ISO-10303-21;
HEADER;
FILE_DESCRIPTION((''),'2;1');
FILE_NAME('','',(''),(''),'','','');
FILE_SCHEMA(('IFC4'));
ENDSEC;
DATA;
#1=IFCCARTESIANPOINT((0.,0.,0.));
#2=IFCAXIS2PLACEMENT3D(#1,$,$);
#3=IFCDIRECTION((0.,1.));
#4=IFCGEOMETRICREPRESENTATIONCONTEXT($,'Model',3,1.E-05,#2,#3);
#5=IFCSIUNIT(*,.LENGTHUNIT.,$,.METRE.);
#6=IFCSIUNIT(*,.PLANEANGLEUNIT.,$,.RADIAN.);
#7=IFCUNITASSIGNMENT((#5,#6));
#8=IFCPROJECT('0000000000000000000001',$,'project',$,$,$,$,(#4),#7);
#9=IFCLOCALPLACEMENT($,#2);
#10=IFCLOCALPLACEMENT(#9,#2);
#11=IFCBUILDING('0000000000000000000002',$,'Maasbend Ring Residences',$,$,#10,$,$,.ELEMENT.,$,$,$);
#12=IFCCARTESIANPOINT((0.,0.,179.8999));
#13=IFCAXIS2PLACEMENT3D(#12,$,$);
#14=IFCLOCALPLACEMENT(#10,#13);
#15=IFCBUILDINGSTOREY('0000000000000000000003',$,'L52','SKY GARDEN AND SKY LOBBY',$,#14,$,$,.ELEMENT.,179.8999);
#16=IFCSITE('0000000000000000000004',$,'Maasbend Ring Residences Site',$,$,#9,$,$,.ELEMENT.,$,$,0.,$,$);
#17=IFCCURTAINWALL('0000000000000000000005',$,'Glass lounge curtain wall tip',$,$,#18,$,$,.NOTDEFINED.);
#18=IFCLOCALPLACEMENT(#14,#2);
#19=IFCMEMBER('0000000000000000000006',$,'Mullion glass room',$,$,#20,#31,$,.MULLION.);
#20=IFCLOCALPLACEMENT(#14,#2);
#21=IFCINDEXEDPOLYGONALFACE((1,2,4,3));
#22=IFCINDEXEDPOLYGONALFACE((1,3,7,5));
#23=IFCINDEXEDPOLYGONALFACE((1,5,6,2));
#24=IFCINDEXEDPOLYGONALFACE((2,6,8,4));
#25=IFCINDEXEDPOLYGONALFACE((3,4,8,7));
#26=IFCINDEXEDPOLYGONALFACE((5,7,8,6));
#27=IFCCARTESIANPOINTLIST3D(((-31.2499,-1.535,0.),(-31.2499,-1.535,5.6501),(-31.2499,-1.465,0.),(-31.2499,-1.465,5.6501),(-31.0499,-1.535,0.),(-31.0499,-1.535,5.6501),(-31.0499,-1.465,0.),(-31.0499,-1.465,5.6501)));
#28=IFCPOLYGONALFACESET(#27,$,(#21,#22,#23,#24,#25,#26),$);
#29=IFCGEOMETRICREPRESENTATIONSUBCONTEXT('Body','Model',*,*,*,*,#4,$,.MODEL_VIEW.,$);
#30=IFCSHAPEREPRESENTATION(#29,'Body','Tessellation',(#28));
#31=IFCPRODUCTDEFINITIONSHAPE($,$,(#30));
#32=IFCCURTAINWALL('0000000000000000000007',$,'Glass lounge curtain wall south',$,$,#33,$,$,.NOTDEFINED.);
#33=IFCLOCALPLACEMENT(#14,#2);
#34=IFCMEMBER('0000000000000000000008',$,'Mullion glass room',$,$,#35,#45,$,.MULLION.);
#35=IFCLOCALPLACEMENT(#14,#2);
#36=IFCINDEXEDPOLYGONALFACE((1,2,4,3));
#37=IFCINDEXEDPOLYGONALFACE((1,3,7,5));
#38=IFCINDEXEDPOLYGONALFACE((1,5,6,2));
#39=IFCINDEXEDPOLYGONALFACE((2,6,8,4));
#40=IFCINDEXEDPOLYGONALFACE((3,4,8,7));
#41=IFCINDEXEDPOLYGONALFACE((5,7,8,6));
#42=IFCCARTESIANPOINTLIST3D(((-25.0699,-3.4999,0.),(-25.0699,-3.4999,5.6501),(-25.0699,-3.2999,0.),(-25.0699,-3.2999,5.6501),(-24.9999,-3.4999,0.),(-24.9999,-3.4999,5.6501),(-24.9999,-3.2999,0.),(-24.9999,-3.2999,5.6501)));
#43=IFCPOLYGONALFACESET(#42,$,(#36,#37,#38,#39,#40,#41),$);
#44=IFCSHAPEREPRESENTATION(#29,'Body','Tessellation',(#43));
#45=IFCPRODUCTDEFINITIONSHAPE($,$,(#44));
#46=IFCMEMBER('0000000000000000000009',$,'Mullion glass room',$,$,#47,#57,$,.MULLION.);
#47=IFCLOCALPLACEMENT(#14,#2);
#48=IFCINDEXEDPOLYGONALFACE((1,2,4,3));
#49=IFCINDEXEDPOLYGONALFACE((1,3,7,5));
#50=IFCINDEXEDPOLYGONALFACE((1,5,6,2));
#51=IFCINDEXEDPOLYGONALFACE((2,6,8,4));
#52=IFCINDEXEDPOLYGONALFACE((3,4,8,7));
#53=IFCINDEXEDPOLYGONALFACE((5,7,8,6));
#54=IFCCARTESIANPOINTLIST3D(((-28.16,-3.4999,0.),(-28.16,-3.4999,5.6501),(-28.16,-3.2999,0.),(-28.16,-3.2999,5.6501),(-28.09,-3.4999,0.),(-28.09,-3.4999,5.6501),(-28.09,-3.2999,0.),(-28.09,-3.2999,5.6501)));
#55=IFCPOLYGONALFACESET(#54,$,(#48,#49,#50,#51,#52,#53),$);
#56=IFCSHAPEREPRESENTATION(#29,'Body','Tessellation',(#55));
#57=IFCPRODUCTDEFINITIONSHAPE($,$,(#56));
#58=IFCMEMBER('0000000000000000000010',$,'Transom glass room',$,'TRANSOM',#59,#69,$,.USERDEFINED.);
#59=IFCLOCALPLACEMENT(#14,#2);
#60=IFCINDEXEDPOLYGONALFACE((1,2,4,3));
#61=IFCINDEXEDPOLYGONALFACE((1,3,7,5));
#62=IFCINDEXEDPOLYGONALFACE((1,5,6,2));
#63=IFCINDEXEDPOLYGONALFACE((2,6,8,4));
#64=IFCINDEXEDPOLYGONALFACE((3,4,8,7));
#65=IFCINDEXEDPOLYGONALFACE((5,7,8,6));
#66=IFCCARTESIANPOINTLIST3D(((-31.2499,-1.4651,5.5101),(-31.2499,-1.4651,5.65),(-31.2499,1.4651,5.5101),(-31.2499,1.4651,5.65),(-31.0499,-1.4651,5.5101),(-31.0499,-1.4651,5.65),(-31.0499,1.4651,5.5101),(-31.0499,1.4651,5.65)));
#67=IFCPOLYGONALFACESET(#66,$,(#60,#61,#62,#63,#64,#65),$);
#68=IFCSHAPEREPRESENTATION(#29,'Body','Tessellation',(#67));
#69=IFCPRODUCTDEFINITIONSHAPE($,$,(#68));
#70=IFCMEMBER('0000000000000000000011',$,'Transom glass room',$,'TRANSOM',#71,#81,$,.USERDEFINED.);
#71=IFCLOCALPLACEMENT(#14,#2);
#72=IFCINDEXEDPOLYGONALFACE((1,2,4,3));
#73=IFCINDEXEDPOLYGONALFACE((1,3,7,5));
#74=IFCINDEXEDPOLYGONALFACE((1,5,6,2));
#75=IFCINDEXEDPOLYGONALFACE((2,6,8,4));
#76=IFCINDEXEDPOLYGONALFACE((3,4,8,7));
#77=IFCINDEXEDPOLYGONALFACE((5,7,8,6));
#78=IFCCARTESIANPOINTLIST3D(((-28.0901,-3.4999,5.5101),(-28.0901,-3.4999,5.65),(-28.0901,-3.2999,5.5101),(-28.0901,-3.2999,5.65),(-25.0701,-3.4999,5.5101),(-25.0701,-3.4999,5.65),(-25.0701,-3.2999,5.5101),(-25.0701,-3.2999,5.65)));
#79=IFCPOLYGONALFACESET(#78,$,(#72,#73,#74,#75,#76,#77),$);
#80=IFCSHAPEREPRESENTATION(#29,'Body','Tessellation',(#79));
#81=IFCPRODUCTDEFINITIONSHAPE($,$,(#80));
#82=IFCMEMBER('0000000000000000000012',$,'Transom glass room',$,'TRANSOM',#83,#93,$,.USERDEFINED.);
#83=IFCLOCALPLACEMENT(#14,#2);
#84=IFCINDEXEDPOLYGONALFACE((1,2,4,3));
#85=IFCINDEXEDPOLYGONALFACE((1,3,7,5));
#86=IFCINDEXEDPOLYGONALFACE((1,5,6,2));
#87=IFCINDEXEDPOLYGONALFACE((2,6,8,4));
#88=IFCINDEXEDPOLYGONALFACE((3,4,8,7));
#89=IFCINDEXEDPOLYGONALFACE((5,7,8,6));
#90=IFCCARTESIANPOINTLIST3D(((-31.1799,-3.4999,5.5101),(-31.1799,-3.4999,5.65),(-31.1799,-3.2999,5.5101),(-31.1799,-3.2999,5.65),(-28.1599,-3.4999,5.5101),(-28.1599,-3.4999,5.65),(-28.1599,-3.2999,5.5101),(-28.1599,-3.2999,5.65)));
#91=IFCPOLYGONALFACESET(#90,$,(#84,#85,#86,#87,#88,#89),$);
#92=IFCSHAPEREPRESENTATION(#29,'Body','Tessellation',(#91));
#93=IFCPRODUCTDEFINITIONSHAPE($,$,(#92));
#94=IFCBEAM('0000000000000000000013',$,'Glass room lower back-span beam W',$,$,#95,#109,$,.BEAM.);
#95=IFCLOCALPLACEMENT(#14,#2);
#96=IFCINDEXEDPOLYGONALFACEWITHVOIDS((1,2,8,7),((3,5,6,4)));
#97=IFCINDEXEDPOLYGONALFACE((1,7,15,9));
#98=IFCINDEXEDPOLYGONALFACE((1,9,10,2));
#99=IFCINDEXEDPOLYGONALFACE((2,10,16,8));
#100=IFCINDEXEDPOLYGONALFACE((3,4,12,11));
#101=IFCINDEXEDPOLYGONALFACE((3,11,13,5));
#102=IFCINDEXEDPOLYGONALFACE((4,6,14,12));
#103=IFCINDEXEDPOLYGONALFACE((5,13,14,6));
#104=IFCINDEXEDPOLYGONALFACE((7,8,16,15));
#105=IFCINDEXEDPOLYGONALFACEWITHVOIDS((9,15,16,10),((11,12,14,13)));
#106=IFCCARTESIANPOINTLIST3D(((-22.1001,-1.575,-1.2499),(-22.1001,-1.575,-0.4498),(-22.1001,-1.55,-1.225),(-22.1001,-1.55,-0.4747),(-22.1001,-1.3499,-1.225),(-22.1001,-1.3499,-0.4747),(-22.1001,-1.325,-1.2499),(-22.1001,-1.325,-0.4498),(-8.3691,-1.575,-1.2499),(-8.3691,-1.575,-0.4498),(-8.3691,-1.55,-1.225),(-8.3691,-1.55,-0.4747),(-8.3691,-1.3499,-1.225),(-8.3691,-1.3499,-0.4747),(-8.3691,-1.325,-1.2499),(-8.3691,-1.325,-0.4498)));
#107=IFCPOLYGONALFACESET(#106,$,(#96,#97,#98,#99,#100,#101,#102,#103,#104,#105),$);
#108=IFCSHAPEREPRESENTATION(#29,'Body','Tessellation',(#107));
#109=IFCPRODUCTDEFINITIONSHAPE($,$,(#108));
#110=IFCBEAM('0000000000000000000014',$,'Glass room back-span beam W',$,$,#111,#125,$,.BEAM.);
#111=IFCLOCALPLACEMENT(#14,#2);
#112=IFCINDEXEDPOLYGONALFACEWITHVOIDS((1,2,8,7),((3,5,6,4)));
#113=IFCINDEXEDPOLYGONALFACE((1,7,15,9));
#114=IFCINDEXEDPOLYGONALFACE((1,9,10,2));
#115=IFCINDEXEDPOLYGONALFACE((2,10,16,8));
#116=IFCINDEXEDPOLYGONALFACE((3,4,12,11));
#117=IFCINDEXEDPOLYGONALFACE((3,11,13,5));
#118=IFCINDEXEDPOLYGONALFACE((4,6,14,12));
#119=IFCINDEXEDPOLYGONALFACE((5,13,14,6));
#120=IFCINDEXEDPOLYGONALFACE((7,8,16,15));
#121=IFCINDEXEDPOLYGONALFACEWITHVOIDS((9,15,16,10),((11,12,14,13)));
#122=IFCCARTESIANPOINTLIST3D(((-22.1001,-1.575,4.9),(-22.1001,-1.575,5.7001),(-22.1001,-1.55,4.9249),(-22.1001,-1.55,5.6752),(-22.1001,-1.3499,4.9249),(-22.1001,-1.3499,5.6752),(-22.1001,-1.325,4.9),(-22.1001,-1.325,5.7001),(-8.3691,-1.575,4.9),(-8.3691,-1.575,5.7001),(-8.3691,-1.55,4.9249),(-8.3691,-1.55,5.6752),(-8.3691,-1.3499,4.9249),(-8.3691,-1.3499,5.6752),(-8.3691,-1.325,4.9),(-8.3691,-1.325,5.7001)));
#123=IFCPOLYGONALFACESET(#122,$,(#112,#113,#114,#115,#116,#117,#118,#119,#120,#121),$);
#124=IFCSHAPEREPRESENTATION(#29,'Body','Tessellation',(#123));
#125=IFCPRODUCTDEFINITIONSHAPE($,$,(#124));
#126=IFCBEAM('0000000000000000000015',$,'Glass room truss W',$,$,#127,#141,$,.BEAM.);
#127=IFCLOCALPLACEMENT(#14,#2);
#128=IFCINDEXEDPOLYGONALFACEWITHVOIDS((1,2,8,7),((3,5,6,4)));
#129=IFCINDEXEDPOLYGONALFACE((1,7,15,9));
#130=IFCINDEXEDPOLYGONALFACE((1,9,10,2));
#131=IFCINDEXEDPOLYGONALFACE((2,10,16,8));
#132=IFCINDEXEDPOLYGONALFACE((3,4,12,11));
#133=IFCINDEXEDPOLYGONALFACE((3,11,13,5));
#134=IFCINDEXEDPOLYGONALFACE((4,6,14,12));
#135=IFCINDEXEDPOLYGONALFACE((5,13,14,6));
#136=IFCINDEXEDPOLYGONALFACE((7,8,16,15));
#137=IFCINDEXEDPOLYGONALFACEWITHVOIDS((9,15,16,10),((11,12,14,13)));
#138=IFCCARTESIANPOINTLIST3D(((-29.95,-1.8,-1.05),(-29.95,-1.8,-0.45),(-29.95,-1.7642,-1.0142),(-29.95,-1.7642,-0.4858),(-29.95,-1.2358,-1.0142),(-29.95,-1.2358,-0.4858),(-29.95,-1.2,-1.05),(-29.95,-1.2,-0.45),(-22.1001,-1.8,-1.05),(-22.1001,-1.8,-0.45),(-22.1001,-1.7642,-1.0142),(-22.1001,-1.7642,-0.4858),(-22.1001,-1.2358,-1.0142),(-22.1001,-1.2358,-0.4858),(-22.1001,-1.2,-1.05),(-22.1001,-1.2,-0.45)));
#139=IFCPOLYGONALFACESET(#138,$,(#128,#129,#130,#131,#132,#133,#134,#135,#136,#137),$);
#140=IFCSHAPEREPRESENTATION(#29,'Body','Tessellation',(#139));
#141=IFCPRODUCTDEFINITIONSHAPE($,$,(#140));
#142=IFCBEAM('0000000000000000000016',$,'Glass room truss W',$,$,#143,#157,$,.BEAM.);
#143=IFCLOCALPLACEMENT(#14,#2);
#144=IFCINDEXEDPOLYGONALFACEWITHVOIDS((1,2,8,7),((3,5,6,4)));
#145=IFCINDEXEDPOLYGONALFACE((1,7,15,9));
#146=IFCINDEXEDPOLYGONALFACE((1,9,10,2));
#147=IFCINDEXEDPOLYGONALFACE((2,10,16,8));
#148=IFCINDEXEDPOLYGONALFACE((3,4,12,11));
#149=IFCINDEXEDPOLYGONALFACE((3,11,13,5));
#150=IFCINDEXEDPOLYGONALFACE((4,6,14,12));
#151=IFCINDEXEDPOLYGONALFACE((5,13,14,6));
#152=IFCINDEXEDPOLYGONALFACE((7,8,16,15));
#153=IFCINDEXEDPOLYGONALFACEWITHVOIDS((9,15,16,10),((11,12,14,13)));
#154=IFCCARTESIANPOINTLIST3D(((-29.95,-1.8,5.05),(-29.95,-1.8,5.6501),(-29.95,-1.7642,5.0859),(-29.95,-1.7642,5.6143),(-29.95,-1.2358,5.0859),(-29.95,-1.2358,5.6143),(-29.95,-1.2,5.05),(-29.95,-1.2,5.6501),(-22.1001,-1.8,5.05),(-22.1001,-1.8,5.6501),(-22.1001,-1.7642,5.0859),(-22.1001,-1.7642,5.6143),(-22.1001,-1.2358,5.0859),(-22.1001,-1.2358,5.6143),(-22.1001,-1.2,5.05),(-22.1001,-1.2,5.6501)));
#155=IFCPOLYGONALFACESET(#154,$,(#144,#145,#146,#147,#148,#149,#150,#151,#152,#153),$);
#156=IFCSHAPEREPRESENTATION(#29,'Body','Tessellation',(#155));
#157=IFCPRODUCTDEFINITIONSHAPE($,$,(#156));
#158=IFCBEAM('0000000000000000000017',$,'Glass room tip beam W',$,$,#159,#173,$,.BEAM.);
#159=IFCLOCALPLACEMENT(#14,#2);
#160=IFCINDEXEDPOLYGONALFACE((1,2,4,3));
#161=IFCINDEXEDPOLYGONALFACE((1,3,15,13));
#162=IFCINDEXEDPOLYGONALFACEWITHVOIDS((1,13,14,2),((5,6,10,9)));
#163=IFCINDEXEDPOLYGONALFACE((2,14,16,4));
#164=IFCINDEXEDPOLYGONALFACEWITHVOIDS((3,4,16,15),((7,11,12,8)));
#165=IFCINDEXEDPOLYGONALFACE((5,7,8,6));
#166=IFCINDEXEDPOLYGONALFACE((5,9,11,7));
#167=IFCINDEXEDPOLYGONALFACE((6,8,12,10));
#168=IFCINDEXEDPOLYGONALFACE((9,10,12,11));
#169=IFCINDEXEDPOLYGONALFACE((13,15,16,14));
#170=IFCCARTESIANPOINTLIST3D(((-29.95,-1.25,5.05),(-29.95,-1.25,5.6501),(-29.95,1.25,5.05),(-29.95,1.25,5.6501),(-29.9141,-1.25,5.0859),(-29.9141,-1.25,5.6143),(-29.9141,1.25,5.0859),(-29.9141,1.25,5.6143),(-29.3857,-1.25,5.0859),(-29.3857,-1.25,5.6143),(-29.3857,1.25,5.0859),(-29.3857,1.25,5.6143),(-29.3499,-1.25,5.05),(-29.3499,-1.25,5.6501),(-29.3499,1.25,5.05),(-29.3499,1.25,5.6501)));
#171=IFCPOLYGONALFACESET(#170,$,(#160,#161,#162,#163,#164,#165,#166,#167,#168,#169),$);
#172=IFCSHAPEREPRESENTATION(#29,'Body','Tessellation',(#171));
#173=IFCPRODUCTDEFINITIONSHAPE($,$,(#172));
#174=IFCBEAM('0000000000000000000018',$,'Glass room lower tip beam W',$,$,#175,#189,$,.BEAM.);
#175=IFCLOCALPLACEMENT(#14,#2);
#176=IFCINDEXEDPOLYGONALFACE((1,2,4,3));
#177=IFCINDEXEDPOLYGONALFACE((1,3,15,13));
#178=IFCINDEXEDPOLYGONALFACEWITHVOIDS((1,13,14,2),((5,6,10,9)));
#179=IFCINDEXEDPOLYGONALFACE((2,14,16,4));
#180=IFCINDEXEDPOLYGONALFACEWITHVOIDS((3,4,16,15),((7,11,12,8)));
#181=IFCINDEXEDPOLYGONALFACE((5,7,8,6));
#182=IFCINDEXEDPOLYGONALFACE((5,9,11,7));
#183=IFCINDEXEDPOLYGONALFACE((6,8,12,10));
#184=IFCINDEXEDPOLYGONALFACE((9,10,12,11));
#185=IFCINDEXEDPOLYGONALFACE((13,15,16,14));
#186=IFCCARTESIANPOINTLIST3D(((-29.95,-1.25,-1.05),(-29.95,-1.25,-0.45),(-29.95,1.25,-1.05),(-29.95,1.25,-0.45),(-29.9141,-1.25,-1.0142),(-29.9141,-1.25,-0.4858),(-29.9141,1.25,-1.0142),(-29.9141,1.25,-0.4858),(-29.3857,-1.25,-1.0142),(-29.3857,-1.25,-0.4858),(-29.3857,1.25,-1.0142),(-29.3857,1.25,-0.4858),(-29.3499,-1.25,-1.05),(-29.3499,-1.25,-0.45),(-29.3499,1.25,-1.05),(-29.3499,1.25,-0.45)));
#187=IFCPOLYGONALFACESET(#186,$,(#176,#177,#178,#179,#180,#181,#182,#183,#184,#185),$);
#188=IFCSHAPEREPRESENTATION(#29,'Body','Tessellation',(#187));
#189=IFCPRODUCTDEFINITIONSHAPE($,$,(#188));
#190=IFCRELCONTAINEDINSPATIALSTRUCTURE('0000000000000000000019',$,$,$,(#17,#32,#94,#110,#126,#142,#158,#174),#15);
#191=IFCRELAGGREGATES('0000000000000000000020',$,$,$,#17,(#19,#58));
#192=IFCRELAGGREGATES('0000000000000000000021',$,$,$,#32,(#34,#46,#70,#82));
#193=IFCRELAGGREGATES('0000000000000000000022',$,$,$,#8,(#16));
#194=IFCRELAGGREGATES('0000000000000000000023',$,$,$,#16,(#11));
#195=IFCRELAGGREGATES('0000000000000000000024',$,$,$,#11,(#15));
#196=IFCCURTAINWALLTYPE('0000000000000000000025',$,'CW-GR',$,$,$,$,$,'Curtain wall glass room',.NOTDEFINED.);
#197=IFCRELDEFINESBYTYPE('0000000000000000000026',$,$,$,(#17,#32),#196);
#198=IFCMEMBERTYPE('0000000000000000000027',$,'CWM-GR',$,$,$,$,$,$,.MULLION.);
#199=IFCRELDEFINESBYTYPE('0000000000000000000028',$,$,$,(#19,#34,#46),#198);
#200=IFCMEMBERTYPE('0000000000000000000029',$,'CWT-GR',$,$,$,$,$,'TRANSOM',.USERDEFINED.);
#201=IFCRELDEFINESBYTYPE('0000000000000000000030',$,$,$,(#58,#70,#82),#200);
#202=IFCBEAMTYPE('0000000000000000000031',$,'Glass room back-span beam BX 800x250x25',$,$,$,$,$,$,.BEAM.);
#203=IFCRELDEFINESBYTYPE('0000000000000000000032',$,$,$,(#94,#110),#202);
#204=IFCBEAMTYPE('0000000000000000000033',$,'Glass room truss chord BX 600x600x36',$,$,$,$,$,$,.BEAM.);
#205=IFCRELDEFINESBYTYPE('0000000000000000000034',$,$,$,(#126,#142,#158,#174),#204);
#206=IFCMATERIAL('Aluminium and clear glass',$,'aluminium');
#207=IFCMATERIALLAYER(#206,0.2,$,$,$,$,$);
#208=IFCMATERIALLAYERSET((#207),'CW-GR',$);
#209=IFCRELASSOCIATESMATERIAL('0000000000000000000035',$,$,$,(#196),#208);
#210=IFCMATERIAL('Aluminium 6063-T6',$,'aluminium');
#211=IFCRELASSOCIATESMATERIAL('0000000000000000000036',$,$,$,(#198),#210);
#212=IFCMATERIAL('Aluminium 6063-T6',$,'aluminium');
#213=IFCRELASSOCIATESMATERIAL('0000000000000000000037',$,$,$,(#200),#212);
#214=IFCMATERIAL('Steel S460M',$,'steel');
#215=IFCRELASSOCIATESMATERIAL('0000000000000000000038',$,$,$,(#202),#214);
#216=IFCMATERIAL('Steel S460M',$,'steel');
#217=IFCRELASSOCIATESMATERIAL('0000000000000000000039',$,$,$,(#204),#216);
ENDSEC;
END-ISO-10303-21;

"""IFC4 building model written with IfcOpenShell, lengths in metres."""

from ifc_helpers import new_model, si_unit, direction, frame, origin, origin_2d, place, context, subcontext, project, spatial, rectangle, hollow_rectangle, extrude, material, layer, layer_set, material_profile, profile_set, type_object, element, aggregate, save


model = new_model("IFC4")

# Units and contexts
model_context = context("Model", 3, precision=1e-05, world=origin(), true_north=direction((0.0, 1.0)))
body_context = subcontext(model_context, "Body", "Model", "MODEL_VIEW")
ifc_project = project(units=[si_unit("LENGTHUNIT", "METRE"), si_unit("PLANEANGLEUNIT", "RADIAN")], contexts=[model_context])

# Site, building, storey
site_placement = place(None, origin())
site = spatial("IfcSite", under=ifc_project, at=site_placement, Name="Maasbend Ring Residences Site", CompositionType="ELEMENT", RefElevation=0.0)
building_placement = place(site_placement, origin())
building = spatial("IfcBuilding", under=site, at=building_placement, Name="Maasbend Ring Residences", CompositionType="ELEMENT")
storey_placement = place(building_placement, frame((0.0, 0.0, 179.8999)))
storey = spatial("IfcBuildingStorey", under=building, at=storey_placement, Name="L52", Description="SKY GARDEN AND SKY LOBBY", CompositionType="ELEMENT", Elevation=179.8999)

# Curtain wall, member
ifc_material_1 = material(Name="Aluminium and clear glass", Category="aluminium")
ifc_layer_1 = layer(ifc_material_1, 0.2)
ifc_layer_set_1 = layer_set([ifc_layer_1], Name="CW-GR")
curtain_wall_type = type_object("IfcCurtainWallType", Name="CW-GR", ElementType="Curtain wall glass room", PredefinedType="NOTDEFINED", material=ifc_layer_set_1)
curtain_wall_1_placement = place(storey_placement, origin())
curtain_wall_1 = element("IfcCurtainWall", 1, at=curtain_wall_1_placement, inside=storey, type_object=curtain_wall_type, Name="Glass lounge curtain wall tip", PredefinedType="NOTDEFINED")
ifc_material_2 = material(Name="Aluminium 6063-T6", Category="aluminium")
ifc_material_profile_1 = material_profile(ifc_material_2, rectangle(XDim=0.2, YDim=0.0701, at=origin_2d()), Name="AL 200x70")
ifc_profile_set_1 = profile_set([ifc_material_profile_1], Name="Aluminium 6063-T6")
member_type_1 = type_object("IfcMemberType", Name="CWM-GR", PredefinedType="MULLION", material=ifc_profile_set_1)
member_1_placement = place(storey_placement, frame((-31.1499, -1.5, 0.0), z_axis=(0.0, 0.0, 1.0), x_axis=(-1.0, 0.0, 0.0)))
member_1 = element("IfcMember", 2, at=member_1_placement, type_object=member_type_1, Name="Mullion glass room", PredefinedType="MULLION", context=body_context, shape_type="SweptSolid", body=[
    extrude(rectangle(XDim=0.2, YDim=0.0701, at=origin_2d()), origin(), (0.0, 0.0, 1.0), 5.6501),
])

# Curtain wall, members
curtain_wall_2_placement = place(storey_placement, origin())
curtain_wall_2 = element("IfcCurtainWall", 3, at=curtain_wall_2_placement, inside=storey, type_object=curtain_wall_type, Name="Glass lounge curtain wall south", PredefinedType="NOTDEFINED")
member_2_placement = place(storey_placement, frame((-25.0349, -3.3999, 0.0), z_axis=(0.0, 0.0, 1.0), x_axis=(0.0, -1.0, 0.0)))
member_2 = element("IfcMember", 4, at=member_2_placement, type_object=member_type_1, Name="Mullion glass room", PredefinedType="MULLION", context=body_context, shape_type="SweptSolid", body=[
    extrude(rectangle(XDim=0.2, YDim=0.0701, at=origin_2d()), origin(), (0.0, 0.0, 1.0), 5.6501),
])
member_3_placement = place(storey_placement, frame((-28.125, -3.3999, 0.0), z_axis=(0.0, 0.0, 1.0), x_axis=(0.0, -1.0, 0.0)))
member_3 = element("IfcMember", 5, at=member_3_placement, type_object=member_type_1, Name="Mullion glass room", PredefinedType="MULLION", context=body_context, shape_type="SweptSolid", body=[
    extrude(rectangle(XDim=0.2, YDim=0.0701, at=origin_2d()), origin(), (0.0, 0.0, 1.0), 5.6501),
])

# Members
ifc_material_3 = material(Name="Aluminium 6063-T6", Category="aluminium")
ifc_material_profile_2 = material_profile(ifc_material_3, rectangle(XDim=0.2, YDim=0.1399, at=origin_2d()), Name="AL 200x140")
ifc_profile_set_2 = profile_set([ifc_material_profile_2], Name="Aluminium 6063-T6")
member_type_2 = type_object("IfcMemberType", Name="CWT-GR", ElementType="TRANSOM", PredefinedType="USERDEFINED", material=ifc_profile_set_2)
member_4_placement = place(storey_placement, frame((-31.1499, -1.4651, 5.5801), z_axis=(0.0, 1.0, 0.0), x_axis=(-1.0, 0.0, 0.0)))
member_4 = element("IfcMember", 6, at=member_4_placement, type_object=member_type_2, Name="Transom glass room", ObjectType="TRANSOM", PredefinedType="USERDEFINED", context=body_context, shape_type="SweptSolid", body=[
    extrude(rectangle(XDim=0.2, YDim=0.1399, at=origin_2d()), origin(), (0.0, 0.0, 1.0), 2.9302),
])
member_5_placement = place(storey_placement, frame((-25.0701, -3.3999, 5.5801), z_axis=(-1.0, 0.0, 0.0), x_axis=(0.0, -1.0, 0.0)))
member_5 = element("IfcMember", 7, at=member_5_placement, type_object=member_type_2, Name="Transom glass room", ObjectType="TRANSOM", PredefinedType="USERDEFINED", context=body_context, shape_type="SweptSolid", body=[
    extrude(rectangle(XDim=0.2, YDim=0.1399, at=origin_2d()), origin(), (0.0, 0.0, 1.0), 3.02),
])
member_6_placement = place(storey_placement, frame((-28.1599, -3.3999, 5.5801), z_axis=(-1.0, 0.0, 0.0), x_axis=(0.0, -1.0, 0.0)))
member_6 = element("IfcMember", 8, at=member_6_placement, type_object=member_type_2, Name="Transom glass room", ObjectType="TRANSOM", PredefinedType="USERDEFINED", context=body_context, shape_type="SweptSolid", body=[
    extrude(rectangle(XDim=0.2, YDim=0.1399, at=origin_2d()), origin(), (0.0, 0.0, 1.0), 3.02),
])

# Beams
ifc_material_4 = material(Name="Steel S460M", Category="steel")
ifc_material_profile_3 = material_profile(ifc_material_4, hollow_rectangle(XDim=0.25, YDim=0.8, WallThickness=0.0249, at=origin_2d()), Name="Glass room back-span beam BX 800x250x25")
ifc_profile_set_3 = profile_set([ifc_material_profile_3], Name="Steel S460M")
beam_type_1 = type_object("IfcBeamType", Name="Glass room back-span beam BX 800x250x25", PredefinedType="BEAM", material=ifc_profile_set_3)
for number, where, z_axis, x_axis, name in (
    (9, (-22.1001, -1.45, -0.8499), (1.0, 0.0, 0.0), (0.0, 1.0, 0.0), "Glass room lower back-span beam W"),
    (10, (-22.1001, -1.45, 5.3), (1.0, 0.0, 0.0), (0.0, 1.0, 0.0), "Glass room back-span beam W"),
):
    element("IfcBeam", number, at=place(storey_placement, frame(where, z_axis=z_axis, x_axis=x_axis)), inside=storey, type_object=beam_type_1, Name=name, PredefinedType="BEAM", context=body_context, shape_type="SweptSolid", body=[
        extrude(hollow_rectangle(XDim=0.25, YDim=0.8, WallThickness=0.0249, at=origin_2d()), origin(), (0.0, 0.0, 1.0), 13.731),
    ])
ifc_material_5 = material(Name="Steel S460M", Category="steel")
ifc_material_profile_4 = material_profile(ifc_material_5, hollow_rectangle(XDim=0.6001, YDim=0.6001, WallThickness=0.0359, at=origin_2d()), Name="Glass room truss chord BX 600x600x36")
ifc_profile_set_4 = profile_set([ifc_material_profile_4], Name="Steel S460M")
beam_type_2 = type_object("IfcBeamType", Name="Glass room truss chord BX 600x600x36", PredefinedType="BEAM", material=ifc_profile_set_4)
for number, where, z_axis, x_axis, name in (
    (11, (-22.1001, -1.5, -0.75), (-1.0, 0.0, 0.0), (0.0, -1.0, 0.0), "Glass room truss W"),
    (12, (-22.1001, -1.5, 5.3501), (-1.0, 0.0, 0.0), (0.0, -1.0, 0.0), "Glass room truss W"),
):
    element("IfcBeam", number, at=place(storey_placement, frame(where, z_axis=z_axis, x_axis=x_axis)), inside=storey, type_object=beam_type_2, Name=name, PredefinedType="BEAM", context=body_context, shape_type="SweptSolid", body=[
        extrude(hollow_rectangle(XDim=0.6001, YDim=0.6001, WallThickness=0.0359, at=origin_2d()), origin(), (0.0, 0.0, 1.0), 7.8499),
    ])
for number, where, z_axis, x_axis, name in (
    (13, (-29.6499, -1.25, 5.3501), (0.0, 1.0, 0.0), (-1.0, 0.0, 0.0), "Glass room tip beam W"),
    (14, (-29.6499, -1.25, -0.75), (0.0, 1.0, 0.0), (-1.0, 0.0, 0.0), "Glass room lower tip beam W"),
):
    element("IfcBeam", number, at=place(storey_placement, frame(where, z_axis=z_axis, x_axis=x_axis)), inside=storey, type_object=beam_type_2, Name=name, PredefinedType="BEAM", context=body_context, shape_type="SweptSolid", body=[
        extrude(hollow_rectangle(XDim=0.6001, YDim=0.6001, WallThickness=0.0359, at=origin_2d()), origin(), (0.0, 0.0, 1.0), 2.5),
    ])

aggregate(curtain_wall_1, [member_1, member_4])
aggregate(curtain_wall_2, [member_2, member_3, member_5, member_6])

save(model, "model.ifc")
